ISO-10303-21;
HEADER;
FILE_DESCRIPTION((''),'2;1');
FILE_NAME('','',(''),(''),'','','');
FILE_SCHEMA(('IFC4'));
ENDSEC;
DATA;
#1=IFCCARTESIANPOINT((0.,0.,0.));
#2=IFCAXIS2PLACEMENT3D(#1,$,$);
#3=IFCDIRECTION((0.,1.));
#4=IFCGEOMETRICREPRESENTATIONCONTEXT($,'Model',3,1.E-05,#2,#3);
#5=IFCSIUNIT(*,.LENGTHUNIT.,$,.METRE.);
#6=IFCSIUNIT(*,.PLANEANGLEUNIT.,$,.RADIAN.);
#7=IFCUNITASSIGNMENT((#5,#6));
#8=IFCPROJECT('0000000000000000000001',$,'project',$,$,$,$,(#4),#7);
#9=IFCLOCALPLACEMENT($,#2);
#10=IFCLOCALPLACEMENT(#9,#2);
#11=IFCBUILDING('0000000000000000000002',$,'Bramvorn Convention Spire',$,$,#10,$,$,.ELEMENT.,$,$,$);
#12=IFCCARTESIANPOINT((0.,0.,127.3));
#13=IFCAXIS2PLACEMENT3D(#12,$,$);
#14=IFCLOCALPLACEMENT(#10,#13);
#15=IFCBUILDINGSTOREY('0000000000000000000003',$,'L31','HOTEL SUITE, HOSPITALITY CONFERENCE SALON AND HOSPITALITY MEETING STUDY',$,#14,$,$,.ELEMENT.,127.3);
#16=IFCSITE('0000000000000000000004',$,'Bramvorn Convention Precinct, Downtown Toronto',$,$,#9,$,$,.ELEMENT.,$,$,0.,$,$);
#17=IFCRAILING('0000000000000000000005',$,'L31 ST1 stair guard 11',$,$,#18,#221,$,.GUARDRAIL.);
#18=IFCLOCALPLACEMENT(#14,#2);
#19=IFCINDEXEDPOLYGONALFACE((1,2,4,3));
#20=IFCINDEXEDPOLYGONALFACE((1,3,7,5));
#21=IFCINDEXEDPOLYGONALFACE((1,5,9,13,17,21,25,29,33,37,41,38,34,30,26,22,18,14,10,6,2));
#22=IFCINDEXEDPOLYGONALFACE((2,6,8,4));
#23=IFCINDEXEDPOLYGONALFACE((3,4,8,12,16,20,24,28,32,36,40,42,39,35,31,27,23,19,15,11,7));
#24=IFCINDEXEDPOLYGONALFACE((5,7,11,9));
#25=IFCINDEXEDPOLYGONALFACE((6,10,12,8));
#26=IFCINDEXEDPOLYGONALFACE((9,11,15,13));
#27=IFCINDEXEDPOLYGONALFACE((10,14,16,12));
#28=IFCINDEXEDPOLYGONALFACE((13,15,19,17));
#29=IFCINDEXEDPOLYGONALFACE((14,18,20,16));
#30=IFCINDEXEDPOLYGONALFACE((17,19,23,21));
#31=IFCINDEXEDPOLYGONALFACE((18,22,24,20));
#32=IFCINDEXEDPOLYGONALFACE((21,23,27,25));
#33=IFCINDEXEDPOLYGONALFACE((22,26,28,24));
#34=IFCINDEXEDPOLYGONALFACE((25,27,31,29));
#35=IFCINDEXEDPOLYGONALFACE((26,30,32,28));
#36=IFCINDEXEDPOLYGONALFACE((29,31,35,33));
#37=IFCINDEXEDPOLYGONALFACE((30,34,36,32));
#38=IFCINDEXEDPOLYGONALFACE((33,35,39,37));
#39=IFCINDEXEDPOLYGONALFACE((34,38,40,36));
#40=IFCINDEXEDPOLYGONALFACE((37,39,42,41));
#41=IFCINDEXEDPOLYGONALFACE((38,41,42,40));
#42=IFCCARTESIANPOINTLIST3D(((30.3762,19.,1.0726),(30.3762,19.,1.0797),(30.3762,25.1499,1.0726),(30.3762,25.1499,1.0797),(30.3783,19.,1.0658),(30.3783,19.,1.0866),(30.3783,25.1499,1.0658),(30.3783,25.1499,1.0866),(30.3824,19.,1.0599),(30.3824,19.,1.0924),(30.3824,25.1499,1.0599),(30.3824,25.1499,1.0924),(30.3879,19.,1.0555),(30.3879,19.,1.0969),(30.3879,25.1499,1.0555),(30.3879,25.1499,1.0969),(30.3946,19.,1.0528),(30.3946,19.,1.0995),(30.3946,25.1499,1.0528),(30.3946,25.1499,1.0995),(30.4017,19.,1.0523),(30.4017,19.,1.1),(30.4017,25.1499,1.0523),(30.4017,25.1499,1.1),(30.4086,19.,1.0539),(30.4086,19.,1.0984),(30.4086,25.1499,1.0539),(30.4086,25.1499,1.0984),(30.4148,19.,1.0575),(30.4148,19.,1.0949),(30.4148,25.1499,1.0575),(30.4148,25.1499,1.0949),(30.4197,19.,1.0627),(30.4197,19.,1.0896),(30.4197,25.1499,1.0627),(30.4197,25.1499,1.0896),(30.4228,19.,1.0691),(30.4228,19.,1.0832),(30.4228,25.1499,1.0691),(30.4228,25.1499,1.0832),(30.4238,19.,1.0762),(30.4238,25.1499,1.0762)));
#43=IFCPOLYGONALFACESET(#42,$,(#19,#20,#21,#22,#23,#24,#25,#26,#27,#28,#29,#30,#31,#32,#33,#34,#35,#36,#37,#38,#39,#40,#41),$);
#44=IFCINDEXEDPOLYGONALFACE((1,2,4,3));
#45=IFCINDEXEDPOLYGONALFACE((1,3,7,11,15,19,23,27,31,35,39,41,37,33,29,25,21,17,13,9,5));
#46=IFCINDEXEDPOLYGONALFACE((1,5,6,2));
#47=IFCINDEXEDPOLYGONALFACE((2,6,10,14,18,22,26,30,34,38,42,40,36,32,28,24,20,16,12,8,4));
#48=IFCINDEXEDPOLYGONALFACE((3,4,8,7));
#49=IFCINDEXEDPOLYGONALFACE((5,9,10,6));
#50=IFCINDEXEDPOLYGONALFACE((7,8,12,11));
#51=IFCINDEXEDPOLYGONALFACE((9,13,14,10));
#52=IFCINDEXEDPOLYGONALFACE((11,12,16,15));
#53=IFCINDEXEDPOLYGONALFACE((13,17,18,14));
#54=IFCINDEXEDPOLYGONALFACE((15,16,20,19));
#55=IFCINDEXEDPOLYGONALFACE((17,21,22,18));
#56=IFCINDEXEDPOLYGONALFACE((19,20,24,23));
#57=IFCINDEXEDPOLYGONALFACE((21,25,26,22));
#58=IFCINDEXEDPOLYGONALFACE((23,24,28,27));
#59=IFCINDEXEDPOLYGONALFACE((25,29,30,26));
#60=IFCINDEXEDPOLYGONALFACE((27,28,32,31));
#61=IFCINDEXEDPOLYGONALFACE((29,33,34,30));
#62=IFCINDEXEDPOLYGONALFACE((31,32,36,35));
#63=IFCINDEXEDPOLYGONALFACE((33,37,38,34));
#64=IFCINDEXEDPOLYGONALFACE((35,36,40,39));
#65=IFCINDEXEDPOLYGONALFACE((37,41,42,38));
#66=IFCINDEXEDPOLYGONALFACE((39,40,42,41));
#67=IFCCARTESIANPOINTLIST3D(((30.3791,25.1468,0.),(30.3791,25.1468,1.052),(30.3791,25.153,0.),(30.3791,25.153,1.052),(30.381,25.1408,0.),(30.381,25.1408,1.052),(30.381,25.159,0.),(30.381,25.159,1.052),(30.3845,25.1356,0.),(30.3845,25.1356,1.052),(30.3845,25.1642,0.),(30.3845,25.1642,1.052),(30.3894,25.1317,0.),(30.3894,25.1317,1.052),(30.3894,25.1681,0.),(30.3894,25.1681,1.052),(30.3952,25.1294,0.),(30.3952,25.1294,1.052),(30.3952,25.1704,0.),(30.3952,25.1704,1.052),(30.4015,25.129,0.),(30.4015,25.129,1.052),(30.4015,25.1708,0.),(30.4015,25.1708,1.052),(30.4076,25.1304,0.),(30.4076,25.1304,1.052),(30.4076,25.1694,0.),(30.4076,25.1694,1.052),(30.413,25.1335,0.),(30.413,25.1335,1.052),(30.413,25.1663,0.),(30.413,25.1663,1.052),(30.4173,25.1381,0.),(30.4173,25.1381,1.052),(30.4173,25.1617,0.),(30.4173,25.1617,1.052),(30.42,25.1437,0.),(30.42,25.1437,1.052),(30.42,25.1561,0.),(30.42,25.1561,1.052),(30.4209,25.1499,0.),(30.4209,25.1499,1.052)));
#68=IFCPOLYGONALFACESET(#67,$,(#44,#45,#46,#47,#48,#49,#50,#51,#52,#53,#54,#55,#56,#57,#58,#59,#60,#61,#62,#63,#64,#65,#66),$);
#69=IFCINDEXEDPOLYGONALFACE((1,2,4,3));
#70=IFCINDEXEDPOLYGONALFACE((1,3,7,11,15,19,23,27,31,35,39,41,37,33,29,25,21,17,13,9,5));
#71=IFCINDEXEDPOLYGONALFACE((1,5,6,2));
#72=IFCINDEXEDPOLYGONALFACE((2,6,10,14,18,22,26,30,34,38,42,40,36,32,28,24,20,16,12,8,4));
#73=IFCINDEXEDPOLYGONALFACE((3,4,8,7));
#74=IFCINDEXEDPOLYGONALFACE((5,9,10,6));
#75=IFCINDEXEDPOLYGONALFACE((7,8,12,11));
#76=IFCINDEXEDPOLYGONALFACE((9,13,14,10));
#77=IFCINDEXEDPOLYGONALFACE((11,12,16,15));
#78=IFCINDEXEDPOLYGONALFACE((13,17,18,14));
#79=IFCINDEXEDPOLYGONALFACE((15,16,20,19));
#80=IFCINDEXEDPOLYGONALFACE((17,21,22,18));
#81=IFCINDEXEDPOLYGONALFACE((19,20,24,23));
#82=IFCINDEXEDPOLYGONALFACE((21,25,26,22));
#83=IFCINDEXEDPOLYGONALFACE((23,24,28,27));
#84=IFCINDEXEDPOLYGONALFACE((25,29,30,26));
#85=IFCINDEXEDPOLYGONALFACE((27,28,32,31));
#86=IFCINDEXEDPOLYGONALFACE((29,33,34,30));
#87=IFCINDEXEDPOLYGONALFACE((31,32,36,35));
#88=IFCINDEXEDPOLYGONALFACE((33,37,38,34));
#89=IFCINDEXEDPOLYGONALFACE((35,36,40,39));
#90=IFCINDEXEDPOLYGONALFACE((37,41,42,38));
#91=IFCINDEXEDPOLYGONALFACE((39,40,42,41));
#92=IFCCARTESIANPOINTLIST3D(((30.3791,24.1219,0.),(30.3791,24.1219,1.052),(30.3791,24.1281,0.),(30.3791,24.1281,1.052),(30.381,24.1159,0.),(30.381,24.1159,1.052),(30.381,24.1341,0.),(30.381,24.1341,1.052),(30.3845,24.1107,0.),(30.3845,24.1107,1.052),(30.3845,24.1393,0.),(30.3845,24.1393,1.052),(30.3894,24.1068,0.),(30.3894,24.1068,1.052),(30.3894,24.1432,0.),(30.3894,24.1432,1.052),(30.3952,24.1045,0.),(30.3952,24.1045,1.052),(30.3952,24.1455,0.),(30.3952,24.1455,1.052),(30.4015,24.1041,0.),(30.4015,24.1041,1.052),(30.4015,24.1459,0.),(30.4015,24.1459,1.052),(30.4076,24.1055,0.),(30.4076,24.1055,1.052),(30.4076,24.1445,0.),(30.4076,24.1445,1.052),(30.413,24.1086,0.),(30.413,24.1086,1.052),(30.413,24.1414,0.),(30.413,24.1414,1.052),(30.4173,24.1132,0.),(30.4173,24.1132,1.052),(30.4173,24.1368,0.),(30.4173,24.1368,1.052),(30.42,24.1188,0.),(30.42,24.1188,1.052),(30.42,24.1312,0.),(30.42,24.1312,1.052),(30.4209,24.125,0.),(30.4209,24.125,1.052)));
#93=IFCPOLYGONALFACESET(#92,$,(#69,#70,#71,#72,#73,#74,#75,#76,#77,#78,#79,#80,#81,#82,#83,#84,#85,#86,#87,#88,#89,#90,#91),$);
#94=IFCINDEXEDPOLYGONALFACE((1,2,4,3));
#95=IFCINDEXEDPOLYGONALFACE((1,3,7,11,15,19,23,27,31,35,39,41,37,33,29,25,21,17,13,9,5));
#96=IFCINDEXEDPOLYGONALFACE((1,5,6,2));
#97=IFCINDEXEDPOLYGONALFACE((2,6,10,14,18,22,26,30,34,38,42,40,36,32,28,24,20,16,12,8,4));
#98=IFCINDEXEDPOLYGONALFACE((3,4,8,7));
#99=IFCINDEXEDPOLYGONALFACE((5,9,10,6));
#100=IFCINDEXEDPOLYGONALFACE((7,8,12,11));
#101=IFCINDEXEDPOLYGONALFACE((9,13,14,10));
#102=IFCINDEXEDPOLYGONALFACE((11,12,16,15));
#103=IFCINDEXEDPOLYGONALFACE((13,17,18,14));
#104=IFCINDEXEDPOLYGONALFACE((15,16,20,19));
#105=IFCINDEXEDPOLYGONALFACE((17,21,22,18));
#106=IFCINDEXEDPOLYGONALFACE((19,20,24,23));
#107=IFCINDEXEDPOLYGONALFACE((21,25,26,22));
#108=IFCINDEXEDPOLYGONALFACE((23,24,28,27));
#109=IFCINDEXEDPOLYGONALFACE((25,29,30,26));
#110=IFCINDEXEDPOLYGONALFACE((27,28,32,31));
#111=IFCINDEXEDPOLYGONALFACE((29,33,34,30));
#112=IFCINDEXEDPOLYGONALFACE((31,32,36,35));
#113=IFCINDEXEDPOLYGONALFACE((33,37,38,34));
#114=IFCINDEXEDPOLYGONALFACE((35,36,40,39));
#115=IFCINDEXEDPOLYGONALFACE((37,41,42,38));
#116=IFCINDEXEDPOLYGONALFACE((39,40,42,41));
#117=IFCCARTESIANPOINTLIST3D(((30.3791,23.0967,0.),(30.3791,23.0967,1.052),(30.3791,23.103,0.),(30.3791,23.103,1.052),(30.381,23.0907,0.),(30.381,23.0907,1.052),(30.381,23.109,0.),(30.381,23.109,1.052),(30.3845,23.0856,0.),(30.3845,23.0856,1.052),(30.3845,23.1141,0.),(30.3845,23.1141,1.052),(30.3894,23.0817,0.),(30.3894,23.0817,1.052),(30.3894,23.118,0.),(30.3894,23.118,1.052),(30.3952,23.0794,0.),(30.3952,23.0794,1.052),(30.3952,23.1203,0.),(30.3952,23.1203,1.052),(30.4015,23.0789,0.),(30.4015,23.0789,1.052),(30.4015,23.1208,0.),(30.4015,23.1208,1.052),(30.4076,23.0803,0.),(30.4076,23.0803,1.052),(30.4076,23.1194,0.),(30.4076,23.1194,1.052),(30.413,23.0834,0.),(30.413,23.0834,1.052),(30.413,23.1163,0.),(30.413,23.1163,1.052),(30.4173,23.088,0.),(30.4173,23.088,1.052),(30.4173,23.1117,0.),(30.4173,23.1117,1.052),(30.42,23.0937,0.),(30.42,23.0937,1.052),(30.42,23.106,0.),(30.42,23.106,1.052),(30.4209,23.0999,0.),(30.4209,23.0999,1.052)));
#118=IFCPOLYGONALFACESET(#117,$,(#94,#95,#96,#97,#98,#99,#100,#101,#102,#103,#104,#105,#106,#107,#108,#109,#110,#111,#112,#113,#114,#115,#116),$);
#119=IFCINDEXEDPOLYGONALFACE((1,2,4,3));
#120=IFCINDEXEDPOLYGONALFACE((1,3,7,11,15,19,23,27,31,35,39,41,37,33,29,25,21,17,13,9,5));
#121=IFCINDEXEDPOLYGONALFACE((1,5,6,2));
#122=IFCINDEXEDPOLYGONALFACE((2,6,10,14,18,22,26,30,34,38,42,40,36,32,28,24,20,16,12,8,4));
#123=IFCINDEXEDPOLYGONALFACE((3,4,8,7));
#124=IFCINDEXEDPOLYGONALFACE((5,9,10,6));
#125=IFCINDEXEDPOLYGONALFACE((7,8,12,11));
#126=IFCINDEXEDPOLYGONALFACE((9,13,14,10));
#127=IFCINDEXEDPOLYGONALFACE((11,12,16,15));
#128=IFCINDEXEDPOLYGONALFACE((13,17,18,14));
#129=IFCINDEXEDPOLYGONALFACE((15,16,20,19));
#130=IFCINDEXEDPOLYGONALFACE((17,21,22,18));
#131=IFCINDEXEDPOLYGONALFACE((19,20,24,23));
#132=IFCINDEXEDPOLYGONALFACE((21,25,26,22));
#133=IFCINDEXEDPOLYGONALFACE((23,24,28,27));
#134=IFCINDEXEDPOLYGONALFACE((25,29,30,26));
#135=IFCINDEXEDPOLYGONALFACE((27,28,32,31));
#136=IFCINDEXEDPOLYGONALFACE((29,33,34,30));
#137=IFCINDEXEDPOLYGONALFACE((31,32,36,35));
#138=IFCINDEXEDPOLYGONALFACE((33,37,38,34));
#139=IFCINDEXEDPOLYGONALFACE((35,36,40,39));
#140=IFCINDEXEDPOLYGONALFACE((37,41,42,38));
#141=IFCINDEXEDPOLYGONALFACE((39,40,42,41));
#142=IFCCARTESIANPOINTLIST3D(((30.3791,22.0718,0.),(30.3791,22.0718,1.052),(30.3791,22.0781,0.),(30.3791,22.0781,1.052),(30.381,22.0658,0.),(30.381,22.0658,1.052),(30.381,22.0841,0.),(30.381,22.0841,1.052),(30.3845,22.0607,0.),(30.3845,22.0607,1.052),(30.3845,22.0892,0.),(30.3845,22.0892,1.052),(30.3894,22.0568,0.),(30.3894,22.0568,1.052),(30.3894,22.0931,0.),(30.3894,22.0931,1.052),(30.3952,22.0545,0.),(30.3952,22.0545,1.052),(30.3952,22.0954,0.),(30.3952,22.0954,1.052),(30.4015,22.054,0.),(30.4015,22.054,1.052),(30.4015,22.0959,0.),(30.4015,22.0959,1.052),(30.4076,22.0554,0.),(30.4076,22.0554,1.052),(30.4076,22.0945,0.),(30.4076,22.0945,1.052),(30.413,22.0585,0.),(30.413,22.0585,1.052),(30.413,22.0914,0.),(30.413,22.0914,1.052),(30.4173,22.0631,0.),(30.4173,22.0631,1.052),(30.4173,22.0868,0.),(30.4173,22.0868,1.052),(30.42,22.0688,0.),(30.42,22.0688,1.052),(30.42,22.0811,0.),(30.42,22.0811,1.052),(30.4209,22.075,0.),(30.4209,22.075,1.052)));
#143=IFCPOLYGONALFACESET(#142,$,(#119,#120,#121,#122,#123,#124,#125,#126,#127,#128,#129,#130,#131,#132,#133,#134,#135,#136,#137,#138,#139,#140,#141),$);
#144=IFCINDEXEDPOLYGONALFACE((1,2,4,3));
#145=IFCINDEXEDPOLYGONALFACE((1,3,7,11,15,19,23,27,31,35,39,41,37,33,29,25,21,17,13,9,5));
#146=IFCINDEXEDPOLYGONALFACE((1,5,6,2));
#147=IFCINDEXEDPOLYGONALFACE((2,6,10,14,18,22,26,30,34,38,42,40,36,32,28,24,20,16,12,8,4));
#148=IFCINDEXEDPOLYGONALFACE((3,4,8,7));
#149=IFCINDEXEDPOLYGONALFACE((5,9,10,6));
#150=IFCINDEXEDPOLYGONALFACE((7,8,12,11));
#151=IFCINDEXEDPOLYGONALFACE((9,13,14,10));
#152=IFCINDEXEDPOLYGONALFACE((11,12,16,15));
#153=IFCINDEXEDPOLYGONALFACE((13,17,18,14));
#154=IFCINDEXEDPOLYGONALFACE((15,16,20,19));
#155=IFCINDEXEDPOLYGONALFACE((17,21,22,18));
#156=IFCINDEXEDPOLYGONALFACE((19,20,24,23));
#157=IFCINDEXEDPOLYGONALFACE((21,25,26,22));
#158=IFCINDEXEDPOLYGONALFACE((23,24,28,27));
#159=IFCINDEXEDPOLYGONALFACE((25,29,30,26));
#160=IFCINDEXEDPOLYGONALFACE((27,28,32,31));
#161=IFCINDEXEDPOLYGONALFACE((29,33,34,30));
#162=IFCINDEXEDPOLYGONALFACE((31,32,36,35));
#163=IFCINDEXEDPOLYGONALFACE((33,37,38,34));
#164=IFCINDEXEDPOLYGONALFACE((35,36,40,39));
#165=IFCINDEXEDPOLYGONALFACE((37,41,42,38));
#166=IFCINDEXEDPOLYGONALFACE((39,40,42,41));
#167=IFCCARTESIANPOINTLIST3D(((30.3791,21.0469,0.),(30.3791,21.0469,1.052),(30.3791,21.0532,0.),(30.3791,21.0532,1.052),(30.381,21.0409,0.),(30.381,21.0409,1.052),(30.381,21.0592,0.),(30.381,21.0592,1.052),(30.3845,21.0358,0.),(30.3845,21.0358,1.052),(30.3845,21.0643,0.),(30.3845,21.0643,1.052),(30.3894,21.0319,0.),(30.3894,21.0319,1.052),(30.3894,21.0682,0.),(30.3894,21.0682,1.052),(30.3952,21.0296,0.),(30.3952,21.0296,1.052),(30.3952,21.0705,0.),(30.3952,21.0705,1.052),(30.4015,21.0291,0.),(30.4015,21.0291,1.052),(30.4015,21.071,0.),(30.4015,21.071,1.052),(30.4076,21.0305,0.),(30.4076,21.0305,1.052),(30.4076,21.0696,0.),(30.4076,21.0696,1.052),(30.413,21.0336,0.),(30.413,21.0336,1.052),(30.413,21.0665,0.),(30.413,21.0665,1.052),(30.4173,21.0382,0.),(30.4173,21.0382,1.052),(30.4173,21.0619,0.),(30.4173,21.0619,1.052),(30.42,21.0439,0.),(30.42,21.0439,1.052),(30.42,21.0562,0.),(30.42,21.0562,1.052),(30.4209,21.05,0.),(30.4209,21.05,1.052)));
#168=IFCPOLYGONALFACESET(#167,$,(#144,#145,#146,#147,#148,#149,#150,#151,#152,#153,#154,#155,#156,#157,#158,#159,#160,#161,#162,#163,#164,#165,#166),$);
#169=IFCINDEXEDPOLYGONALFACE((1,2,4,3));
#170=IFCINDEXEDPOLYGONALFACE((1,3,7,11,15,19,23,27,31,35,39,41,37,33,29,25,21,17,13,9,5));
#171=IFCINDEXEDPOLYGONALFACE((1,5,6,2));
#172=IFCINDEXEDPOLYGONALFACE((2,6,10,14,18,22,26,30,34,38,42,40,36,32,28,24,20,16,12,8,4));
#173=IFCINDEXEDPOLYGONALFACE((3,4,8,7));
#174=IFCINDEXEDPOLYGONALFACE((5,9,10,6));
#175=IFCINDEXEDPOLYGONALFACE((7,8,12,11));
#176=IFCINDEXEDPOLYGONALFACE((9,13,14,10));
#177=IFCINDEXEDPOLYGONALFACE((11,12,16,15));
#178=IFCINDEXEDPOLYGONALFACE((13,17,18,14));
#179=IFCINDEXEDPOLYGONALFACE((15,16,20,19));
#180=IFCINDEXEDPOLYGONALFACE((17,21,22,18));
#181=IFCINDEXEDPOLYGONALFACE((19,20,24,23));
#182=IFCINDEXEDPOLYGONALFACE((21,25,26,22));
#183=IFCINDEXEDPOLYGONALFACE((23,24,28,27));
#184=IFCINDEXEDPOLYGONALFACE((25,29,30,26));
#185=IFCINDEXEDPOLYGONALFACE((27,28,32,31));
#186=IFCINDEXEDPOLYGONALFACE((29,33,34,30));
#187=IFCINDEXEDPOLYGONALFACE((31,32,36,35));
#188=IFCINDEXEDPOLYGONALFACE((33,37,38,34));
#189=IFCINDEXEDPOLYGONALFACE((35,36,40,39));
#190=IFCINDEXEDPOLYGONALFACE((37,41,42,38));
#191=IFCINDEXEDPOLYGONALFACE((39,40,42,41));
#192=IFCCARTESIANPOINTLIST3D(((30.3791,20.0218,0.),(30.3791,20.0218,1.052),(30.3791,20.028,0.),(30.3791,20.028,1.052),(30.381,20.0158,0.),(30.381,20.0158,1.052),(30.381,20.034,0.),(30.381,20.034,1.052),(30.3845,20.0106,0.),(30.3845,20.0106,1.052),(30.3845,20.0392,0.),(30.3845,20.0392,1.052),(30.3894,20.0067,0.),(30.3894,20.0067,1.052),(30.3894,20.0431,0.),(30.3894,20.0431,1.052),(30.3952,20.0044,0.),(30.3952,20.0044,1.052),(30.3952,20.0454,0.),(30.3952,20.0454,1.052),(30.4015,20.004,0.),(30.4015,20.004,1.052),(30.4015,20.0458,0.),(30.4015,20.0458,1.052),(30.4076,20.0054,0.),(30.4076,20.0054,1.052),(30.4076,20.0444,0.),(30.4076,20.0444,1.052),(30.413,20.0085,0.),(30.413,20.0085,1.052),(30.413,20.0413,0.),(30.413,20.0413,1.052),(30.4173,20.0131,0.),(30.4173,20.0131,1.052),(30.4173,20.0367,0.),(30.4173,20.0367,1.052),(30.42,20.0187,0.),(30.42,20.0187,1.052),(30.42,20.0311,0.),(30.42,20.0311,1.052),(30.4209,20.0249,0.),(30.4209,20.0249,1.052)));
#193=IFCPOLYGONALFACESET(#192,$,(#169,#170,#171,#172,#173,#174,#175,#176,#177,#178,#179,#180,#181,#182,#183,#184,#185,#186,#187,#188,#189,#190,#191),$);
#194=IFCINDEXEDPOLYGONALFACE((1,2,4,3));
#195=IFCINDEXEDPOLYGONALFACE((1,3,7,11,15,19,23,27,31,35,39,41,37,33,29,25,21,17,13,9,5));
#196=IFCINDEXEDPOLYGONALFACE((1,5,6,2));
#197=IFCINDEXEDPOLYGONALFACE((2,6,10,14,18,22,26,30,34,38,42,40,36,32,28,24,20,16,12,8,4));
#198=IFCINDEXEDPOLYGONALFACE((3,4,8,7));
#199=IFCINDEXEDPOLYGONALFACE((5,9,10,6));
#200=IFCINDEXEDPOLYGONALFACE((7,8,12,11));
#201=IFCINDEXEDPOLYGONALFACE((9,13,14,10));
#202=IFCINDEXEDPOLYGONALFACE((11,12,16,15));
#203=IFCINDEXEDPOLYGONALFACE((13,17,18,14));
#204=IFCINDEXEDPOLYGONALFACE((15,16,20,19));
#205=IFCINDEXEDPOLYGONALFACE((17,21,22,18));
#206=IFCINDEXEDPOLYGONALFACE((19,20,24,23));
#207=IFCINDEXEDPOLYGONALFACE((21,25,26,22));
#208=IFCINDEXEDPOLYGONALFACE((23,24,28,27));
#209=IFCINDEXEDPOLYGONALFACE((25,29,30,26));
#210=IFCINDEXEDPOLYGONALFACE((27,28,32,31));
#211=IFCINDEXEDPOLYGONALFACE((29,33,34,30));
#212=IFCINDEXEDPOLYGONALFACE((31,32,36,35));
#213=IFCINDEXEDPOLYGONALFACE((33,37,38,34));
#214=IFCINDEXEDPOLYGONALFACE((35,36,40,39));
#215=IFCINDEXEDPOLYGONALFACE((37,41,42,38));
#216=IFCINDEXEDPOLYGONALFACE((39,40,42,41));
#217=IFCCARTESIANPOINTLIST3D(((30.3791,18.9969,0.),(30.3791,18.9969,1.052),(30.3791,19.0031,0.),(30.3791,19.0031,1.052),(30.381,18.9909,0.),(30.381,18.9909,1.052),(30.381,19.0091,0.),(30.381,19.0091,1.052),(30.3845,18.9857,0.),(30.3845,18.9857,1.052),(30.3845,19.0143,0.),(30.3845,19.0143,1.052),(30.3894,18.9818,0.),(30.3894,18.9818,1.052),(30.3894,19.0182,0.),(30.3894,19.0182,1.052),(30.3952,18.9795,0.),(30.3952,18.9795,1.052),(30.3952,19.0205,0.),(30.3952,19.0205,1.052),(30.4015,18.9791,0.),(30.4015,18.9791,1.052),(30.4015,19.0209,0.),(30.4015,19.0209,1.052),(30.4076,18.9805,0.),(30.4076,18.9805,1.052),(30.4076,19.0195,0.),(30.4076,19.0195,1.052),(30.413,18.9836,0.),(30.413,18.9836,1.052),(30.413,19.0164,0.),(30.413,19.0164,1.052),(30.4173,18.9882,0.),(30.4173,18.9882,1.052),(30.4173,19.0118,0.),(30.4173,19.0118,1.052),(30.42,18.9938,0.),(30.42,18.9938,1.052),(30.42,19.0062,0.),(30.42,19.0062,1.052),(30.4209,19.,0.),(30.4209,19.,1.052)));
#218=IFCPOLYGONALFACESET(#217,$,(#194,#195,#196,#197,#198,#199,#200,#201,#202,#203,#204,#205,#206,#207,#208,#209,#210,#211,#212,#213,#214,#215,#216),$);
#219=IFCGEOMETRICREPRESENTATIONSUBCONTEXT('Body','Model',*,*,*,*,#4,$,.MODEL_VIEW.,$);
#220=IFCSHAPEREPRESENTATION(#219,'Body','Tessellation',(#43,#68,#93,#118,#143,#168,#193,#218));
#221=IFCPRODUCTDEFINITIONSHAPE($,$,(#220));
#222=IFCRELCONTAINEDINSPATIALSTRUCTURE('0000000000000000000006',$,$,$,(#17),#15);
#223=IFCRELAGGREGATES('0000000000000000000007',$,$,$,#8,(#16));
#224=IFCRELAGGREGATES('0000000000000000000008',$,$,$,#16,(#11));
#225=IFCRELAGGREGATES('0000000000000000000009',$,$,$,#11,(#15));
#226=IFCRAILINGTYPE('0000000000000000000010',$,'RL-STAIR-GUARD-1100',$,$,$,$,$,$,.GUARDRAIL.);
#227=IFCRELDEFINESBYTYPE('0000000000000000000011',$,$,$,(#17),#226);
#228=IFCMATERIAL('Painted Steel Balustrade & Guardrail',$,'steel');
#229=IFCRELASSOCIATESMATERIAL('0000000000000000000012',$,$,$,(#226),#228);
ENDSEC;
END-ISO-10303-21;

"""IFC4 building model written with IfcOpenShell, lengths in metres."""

from ifc_helpers import new_model, si_unit, direction, frame, origin, origin_2d, place, context, subcontext, project, spatial, circle, extrude, material, type_object, element, save


model = new_model("IFC4")

# Units and contexts
model_context = context("Model", 3, precision=1e-05, world=origin(), true_north=direction((0.0, 1.0)))
body_context = subcontext(model_context, "Body", "Model", "MODEL_VIEW")
ifc_project = project(units=[si_unit("LENGTHUNIT", "METRE"), si_unit("PLANEANGLEUNIT", "RADIAN")], contexts=[model_context])

# Site, building, storey
site_placement = place(None, origin())
site = spatial("IfcSite", under=ifc_project, at=site_placement, Name="Bramvorn Convention Precinct, Downtown Toronto", CompositionType="ELEMENT", RefElevation=0.0)
building_placement = place(site_placement, origin())
building = spatial("IfcBuilding", under=site, at=building_placement, Name="Bramvorn Convention Spire", CompositionType="ELEMENT")
storey_placement = place(building_placement, frame((0.0, 0.0, 127.3)))
storey = spatial("IfcBuildingStorey", under=building, at=storey_placement, Name="L31", Description="HOTEL SUITE, HOSPITALITY CONFERENCE SALON AND HOSPITALITY MEETING STUDY", CompositionType="ELEMENT", Elevation=127.3)

# Railing
ifc_material_1 = material(Name="Painted Steel Balustrade & Guardrail", Category="steel")
railing_type_1 = type_object("IfcRailingType", Name="RL-STAIR-GUARD-1100", PredefinedType="GUARDRAIL", material=ifc_material_1)
railing_1_placement = place(storey_placement, frame((30.3999, 25.1499, 0.0)))
element("IfcRailing", 1, at=railing_1_placement, inside=storey, type_object=railing_type_1, Name="L31 ST1 stair guard 11", PredefinedType="GUARDRAIL", context=body_context, shape_type="SweptSolid", body=[
    extrude(circle(Radius=0.0239, at=origin_2d()), frame((0.0, 0.0, 1.0762), z_axis=(0.0, -1.0, 0.0), x_axis=(1.0, 0.0, 0.0)), (0.0, 0.0, 1.0), 6.1499),
    extrude(circle(Radius=0.021, at=origin_2d()), origin(), (0.0, 0.0, 1.0), 1.052),
    extrude(circle(Radius=0.021, at=origin_2d()), frame((0.0, -1.0249, 0.0)), (0.0, 0.0, 1.0), 1.052),
    extrude(circle(Radius=0.021, at=origin_2d()), frame((0.0, -2.05, 0.0)), (0.0, 0.0, 1.0), 1.052),
    extrude(circle(Radius=0.021, at=origin_2d()), frame((0.0, -3.075, 0.0)), (0.0, 0.0, 1.0), 1.052),
    extrude(circle(Radius=0.021, at=origin_2d()), frame((0.0, -4.0999, 0.0)), (0.0, 0.0, 1.0), 1.052),
    extrude(circle(Radius=0.021, at=origin_2d()), frame((0.0, -5.125, 0.0)), (0.0, 0.0, 1.0), 1.052),
    extrude(circle(Radius=0.021, at=origin_2d()), frame((0.0, -6.1499, 0.0)), (0.0, 0.0, 1.0), 1.052),
])

save(model, "model.ifc")
